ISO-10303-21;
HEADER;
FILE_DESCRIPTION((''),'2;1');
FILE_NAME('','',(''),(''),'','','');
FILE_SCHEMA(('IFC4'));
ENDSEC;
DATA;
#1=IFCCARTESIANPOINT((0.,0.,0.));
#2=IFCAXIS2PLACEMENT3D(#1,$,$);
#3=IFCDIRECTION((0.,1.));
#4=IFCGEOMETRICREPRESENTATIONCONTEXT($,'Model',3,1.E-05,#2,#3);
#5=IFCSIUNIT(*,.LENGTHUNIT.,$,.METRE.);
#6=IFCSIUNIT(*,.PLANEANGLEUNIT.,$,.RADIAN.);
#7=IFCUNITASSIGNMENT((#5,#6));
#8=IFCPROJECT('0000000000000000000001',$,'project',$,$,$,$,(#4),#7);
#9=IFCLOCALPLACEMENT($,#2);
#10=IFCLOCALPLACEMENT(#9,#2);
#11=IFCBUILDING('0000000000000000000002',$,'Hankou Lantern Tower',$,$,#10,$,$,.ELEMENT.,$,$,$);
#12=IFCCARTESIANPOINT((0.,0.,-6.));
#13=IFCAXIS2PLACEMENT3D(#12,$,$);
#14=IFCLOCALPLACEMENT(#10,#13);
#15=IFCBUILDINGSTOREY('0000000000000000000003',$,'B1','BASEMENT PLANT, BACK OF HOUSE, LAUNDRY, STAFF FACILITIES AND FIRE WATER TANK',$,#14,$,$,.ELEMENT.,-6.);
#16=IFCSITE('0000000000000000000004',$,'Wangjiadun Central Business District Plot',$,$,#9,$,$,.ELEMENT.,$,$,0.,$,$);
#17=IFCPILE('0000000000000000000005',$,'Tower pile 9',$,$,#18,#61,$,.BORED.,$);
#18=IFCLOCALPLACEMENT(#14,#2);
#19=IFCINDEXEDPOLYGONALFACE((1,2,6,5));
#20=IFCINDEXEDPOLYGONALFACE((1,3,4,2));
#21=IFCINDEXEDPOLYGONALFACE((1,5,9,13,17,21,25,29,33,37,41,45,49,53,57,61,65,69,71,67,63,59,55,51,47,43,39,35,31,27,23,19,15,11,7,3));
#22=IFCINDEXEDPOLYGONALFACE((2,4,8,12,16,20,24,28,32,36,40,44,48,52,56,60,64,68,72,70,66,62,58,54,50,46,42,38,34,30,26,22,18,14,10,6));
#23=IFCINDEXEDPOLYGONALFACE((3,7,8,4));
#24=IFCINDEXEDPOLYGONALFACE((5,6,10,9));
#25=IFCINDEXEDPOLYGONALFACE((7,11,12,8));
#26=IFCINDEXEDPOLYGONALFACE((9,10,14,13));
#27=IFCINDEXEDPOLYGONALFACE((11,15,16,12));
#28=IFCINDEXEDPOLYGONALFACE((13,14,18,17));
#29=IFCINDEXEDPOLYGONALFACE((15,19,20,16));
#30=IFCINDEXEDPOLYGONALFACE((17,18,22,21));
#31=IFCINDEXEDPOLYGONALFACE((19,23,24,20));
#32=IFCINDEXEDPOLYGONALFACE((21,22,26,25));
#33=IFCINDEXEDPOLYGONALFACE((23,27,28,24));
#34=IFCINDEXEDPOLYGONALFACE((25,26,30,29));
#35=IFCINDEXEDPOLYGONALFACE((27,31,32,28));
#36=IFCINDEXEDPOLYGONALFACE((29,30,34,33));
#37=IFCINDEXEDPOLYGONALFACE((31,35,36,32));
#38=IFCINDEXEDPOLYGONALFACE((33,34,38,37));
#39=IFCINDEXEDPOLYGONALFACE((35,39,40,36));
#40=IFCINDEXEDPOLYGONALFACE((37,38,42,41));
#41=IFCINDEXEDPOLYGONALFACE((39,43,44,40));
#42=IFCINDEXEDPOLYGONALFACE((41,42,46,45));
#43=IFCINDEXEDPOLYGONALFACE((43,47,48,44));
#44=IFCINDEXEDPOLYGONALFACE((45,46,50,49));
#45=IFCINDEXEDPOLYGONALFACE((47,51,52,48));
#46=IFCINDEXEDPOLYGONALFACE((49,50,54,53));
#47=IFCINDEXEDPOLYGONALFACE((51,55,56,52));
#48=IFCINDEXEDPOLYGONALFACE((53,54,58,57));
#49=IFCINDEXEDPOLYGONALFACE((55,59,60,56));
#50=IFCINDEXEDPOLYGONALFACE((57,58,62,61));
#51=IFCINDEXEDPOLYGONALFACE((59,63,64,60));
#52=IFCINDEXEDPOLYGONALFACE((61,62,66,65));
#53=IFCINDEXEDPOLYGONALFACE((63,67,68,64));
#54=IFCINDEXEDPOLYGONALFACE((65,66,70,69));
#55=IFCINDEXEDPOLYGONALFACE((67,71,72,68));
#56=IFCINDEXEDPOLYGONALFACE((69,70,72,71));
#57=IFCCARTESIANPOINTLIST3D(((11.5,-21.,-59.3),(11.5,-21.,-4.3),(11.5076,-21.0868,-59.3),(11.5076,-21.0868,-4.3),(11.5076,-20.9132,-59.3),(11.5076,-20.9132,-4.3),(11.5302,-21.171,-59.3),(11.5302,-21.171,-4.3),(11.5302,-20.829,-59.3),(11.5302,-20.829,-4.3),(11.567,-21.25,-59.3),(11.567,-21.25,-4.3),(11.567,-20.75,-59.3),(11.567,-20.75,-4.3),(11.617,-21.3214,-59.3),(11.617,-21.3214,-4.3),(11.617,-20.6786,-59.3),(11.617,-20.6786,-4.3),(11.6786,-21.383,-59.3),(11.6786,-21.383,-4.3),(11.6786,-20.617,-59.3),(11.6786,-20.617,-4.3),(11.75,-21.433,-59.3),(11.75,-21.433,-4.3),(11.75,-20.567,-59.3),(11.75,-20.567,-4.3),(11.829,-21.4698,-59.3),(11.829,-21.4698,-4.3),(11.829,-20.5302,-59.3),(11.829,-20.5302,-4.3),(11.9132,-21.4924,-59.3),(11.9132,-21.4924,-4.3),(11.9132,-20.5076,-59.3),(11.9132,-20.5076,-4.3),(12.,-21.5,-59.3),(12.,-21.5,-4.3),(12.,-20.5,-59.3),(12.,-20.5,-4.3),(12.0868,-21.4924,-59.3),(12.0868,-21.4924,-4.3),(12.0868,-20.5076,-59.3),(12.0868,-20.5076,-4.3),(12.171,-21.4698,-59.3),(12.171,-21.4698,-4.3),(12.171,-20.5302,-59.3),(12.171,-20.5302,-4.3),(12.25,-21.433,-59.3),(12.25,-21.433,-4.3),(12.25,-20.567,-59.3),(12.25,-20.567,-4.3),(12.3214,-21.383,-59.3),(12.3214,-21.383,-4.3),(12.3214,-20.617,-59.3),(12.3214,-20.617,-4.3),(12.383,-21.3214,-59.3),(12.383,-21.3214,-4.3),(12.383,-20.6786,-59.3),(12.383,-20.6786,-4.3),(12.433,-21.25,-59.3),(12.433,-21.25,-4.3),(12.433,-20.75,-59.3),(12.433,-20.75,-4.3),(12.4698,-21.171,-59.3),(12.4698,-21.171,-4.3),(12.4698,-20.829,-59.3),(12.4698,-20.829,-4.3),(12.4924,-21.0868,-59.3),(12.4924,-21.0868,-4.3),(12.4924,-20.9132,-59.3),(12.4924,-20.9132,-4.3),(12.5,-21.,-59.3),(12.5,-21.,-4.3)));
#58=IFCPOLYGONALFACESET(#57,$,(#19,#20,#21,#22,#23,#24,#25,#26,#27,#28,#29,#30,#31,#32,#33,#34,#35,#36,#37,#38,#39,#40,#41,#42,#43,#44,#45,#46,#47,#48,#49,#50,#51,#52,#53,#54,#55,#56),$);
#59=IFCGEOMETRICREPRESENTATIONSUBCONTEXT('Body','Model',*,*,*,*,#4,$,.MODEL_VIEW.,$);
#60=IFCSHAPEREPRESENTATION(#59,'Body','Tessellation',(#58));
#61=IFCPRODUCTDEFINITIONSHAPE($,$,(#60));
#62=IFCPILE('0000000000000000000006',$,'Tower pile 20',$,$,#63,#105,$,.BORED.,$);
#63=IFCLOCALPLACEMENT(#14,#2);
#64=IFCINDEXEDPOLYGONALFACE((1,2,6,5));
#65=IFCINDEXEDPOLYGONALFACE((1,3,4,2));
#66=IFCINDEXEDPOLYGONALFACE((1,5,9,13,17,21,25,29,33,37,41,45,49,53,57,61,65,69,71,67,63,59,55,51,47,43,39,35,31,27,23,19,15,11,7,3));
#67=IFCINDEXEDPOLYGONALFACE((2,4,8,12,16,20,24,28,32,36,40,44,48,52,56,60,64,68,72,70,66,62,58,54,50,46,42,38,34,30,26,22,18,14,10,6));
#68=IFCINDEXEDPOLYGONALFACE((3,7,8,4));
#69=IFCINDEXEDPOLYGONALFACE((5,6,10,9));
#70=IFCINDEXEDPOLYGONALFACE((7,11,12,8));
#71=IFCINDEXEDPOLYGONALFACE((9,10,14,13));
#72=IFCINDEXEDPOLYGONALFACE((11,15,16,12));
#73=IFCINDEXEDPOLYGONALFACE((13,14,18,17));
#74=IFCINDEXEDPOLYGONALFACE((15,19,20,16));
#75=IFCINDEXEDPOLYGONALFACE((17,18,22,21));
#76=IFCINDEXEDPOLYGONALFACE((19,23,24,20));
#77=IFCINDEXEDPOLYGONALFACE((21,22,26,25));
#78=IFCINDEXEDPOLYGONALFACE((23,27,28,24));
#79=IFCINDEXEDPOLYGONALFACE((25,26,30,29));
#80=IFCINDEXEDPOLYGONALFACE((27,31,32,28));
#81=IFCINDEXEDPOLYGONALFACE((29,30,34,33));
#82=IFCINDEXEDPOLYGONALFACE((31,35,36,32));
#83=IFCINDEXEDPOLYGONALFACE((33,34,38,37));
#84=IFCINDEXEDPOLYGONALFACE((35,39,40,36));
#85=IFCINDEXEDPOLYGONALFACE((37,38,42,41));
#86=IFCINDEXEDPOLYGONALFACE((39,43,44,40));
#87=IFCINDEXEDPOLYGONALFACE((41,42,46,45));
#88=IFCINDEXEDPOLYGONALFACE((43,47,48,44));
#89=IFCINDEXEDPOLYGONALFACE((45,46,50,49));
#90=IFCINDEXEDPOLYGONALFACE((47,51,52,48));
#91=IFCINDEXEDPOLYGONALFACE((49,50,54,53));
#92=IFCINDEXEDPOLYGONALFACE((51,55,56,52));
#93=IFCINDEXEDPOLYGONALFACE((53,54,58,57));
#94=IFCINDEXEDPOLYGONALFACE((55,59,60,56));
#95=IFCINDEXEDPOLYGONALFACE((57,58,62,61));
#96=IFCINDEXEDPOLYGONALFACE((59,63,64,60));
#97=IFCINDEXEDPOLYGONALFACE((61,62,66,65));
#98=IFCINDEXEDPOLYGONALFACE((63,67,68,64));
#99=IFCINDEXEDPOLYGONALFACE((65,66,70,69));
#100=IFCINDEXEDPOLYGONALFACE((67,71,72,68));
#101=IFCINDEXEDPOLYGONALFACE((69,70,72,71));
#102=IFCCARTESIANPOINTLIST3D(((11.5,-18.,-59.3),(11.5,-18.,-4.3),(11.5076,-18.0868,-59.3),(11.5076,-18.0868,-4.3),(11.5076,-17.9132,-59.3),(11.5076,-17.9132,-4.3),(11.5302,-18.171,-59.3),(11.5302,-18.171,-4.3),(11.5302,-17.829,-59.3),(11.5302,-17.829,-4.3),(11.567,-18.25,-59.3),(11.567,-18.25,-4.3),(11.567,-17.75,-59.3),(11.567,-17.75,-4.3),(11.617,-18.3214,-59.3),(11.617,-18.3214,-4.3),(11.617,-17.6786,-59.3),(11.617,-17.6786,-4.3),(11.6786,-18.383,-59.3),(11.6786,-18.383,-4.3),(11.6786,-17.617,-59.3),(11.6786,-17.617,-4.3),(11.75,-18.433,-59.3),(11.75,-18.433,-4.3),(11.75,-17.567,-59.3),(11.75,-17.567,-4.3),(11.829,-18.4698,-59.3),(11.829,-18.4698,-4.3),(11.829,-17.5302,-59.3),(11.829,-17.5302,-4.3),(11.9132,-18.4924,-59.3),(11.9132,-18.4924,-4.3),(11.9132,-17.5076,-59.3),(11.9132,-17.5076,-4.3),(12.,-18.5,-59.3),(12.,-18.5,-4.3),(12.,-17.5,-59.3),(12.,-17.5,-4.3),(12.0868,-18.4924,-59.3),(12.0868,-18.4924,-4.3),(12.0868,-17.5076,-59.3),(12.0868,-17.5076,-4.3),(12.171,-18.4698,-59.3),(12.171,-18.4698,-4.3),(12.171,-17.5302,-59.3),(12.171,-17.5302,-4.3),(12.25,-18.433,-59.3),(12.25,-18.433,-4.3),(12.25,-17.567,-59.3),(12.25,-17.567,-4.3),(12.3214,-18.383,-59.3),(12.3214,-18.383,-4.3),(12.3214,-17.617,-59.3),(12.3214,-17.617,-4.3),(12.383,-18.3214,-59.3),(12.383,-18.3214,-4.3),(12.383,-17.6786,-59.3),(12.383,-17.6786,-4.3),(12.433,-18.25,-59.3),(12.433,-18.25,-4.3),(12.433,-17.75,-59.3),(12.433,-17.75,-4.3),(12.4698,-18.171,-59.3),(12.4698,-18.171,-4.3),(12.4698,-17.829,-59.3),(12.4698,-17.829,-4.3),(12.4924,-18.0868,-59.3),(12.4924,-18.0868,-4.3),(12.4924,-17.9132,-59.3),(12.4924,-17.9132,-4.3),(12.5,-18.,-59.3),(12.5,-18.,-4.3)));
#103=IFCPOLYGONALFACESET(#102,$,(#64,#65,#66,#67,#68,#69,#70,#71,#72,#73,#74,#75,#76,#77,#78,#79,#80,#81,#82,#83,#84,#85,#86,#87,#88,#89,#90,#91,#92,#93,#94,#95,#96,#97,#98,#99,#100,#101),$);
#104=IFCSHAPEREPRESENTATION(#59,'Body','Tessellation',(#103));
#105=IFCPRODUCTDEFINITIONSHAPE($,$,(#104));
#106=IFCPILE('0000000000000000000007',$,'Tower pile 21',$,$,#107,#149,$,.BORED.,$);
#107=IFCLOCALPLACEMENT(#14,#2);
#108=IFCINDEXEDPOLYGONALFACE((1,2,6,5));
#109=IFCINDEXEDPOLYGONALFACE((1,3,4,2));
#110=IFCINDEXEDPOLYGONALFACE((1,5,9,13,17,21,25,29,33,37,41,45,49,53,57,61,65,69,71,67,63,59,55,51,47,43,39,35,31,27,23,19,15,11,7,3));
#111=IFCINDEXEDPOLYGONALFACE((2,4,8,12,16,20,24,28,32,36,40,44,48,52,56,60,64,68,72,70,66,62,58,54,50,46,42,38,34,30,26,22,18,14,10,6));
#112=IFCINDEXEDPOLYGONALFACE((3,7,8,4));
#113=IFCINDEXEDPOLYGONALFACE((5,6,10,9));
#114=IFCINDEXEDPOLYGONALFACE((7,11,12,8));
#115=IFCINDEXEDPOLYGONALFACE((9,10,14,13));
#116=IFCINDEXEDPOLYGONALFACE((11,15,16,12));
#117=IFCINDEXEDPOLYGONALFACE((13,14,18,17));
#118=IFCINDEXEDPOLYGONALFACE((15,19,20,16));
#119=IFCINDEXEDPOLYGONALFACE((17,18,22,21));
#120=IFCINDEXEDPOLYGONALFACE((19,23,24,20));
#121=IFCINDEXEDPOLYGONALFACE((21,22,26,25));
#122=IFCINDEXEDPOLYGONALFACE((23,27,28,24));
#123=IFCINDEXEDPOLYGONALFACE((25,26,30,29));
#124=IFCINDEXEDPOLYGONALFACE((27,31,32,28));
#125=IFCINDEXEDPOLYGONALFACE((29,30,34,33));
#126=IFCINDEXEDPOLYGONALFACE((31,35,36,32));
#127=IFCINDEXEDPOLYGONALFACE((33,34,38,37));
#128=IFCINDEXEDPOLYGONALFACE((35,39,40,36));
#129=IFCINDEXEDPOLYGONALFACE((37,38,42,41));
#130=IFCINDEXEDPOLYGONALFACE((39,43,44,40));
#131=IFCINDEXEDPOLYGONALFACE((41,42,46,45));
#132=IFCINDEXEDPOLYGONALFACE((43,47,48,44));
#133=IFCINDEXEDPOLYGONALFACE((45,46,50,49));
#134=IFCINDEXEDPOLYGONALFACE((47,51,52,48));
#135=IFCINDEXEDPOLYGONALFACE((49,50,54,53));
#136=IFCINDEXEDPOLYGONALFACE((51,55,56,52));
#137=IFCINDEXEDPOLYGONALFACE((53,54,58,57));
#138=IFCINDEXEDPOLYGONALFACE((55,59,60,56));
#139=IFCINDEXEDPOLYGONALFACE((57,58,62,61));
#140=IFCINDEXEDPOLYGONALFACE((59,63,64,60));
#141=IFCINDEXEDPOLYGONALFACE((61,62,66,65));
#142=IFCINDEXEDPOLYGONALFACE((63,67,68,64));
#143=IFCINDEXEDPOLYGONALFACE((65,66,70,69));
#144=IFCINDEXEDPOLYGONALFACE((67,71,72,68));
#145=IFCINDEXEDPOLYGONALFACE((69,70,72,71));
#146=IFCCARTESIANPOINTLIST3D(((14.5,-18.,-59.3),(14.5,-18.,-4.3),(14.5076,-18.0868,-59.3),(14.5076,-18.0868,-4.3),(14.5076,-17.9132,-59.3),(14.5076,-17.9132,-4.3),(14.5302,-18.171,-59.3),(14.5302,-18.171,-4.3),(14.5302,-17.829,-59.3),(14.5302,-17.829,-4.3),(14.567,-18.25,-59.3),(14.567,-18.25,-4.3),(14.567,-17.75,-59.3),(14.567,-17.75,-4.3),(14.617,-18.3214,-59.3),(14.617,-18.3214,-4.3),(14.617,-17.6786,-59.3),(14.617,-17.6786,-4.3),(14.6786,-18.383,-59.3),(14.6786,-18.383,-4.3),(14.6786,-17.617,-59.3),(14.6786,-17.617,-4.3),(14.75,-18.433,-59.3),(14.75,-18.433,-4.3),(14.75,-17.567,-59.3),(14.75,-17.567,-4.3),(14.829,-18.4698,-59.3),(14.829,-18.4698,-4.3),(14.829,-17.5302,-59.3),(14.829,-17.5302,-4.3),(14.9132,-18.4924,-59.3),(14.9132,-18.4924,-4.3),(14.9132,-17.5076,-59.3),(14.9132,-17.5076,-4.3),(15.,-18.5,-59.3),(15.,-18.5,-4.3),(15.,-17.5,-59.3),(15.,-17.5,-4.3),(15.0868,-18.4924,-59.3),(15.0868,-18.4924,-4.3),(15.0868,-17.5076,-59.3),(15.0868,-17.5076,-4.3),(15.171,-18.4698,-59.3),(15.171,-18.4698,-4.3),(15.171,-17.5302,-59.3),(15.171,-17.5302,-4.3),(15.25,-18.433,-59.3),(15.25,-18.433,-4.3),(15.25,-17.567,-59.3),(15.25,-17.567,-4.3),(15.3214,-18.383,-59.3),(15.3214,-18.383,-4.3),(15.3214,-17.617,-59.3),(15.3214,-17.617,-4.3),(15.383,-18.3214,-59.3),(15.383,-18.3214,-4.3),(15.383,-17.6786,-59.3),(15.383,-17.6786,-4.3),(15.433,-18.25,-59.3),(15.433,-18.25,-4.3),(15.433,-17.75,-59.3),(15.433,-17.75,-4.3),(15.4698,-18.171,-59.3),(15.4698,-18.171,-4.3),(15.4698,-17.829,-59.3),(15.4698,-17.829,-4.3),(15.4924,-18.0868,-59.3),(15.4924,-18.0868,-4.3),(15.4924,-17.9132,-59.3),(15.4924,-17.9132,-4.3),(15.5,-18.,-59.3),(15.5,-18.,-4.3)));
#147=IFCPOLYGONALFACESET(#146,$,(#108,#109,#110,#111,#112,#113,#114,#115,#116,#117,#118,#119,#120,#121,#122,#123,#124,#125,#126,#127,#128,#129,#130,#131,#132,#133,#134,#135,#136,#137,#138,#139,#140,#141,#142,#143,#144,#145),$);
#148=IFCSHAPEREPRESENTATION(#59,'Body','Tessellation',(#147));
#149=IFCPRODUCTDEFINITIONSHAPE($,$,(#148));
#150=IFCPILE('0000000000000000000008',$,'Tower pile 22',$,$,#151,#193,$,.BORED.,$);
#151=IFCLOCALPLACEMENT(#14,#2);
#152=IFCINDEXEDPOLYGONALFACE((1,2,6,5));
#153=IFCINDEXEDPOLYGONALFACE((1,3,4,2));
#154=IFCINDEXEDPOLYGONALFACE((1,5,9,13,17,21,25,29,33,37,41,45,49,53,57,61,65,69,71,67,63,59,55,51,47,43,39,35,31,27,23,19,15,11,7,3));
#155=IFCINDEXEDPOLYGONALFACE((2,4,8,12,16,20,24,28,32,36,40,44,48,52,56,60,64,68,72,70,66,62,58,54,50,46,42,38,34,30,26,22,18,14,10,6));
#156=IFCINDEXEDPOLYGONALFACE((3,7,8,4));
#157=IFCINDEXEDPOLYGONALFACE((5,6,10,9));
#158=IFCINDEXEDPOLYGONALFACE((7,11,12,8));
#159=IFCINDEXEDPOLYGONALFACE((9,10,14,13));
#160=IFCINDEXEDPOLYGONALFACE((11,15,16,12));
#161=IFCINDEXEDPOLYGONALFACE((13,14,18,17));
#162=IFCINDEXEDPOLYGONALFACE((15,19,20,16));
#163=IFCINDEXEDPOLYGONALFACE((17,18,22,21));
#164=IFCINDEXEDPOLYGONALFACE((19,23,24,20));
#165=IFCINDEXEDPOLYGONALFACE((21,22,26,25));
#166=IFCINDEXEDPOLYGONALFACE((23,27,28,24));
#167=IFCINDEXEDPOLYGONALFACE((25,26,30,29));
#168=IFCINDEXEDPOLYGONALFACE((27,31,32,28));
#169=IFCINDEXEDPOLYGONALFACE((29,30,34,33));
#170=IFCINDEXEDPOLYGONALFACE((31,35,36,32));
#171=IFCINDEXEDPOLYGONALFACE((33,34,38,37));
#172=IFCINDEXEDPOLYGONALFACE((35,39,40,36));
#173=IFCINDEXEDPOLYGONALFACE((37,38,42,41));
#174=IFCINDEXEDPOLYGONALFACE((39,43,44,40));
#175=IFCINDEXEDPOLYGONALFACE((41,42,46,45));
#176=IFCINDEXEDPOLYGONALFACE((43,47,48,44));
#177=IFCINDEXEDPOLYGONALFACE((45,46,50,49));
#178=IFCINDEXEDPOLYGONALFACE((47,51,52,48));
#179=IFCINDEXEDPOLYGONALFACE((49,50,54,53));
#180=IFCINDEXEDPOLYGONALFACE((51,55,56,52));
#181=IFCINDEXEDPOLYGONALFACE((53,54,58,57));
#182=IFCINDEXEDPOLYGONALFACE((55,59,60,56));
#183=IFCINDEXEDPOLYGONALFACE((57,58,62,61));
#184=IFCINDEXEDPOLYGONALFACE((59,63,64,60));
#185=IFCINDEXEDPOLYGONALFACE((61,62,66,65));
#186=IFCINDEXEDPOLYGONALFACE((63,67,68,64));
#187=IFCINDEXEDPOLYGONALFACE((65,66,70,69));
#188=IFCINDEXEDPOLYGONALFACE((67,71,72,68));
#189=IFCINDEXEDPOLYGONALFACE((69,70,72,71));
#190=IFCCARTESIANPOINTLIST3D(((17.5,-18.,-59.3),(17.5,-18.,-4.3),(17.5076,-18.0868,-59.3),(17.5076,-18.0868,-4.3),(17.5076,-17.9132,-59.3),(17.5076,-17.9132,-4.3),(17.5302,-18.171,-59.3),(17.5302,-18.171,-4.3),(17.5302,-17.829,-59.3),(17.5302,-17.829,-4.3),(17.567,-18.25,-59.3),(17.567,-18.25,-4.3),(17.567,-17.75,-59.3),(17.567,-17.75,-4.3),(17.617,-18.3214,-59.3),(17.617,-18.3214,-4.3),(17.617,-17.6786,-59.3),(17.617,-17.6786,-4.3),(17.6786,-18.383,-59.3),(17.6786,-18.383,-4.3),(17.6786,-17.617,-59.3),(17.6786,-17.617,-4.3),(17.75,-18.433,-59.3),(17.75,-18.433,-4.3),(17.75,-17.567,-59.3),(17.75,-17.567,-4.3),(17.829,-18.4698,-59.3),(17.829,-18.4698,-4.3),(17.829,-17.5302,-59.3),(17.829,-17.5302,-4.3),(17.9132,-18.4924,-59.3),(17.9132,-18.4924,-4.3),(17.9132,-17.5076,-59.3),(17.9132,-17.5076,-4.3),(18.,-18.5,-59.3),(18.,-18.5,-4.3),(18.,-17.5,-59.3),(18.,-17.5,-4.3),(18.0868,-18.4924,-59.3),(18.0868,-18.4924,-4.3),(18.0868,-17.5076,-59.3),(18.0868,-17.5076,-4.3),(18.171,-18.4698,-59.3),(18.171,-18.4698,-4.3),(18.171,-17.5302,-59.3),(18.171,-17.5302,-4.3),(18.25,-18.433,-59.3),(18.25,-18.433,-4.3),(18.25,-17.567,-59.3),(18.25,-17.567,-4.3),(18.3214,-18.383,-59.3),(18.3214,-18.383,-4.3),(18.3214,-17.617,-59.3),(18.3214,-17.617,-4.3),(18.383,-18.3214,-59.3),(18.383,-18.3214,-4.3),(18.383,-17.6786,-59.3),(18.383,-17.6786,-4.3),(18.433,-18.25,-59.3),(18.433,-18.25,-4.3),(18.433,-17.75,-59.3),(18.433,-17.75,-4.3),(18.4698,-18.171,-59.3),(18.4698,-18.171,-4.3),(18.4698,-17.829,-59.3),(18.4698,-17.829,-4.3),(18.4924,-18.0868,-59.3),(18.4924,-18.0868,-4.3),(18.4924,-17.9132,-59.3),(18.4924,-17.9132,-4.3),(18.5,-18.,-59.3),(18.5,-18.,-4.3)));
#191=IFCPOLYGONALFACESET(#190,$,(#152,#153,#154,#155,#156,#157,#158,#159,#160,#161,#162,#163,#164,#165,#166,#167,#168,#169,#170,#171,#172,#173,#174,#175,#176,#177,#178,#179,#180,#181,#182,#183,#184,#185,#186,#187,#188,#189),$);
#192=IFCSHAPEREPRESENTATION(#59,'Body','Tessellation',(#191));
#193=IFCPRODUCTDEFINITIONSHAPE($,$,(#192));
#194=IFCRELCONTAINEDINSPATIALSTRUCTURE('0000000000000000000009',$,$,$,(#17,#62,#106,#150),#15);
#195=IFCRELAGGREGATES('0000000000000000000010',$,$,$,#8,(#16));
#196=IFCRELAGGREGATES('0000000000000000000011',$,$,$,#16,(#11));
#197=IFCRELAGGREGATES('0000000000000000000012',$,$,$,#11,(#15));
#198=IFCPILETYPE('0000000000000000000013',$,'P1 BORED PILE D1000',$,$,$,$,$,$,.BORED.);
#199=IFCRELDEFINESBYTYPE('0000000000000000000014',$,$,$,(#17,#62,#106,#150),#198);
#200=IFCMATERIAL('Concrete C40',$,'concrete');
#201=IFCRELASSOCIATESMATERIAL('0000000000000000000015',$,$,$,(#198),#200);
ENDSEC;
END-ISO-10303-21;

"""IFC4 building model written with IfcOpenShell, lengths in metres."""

from ifc_helpers import new_model, si_unit, direction, frame, origin, origin_2d, place, context, subcontext, project, spatial, circle, extrude, material, material_profile, profile_set, type_object, element, save


model = new_model("IFC4")

# Units and contexts
model_context = context("Model", 3, precision=1e-05, world=origin(), true_north=direction((0.0, 1.0)))
body_context = subcontext(model_context, "Body", "Model", "MODEL_VIEW")
ifc_project = project(units=[si_unit("LENGTHUNIT", "METRE"), si_unit("PLANEANGLEUNIT", "RADIAN")], contexts=[model_context])

# Site, building, storey
site_placement = place(None, origin())
site = spatial("IfcSite", under=ifc_project, at=site_placement, Name="Wangjiadun Central Business District Plot", CompositionType="ELEMENT", RefElevation=0.0)
building_placement = place(site_placement, origin())
building = spatial("IfcBuilding", under=site, at=building_placement, Name="Hankou Lantern Tower", CompositionType="ELEMENT")
storey_placement = place(building_placement, frame((0.0, 0.0, -6.0)))
storey = spatial("IfcBuildingStorey", under=building, at=storey_placement, Name="B1", Description="BASEMENT PLANT, BACK OF HOUSE, LAUNDRY, STAFF FACILITIES AND FIRE WATER TANK", CompositionType="ELEMENT", Elevation=-6.0)

# Piles
ifc_material_1 = material(Name="Concrete C40", Category="concrete")
ifc_material_profile_1 = material_profile(ifc_material_1, circle(Radius=0.5, at=origin_2d()), Name="RC D1000")
ifc_profile_set_1 = profile_set([ifc_material_profile_1], Name="Concrete C40")
pile_type_1 = type_object("IfcPileType", Name="P1 BORED PILE D1000", PredefinedType="BORED", material=ifc_profile_set_1)
for number, where, z_axis, x_axis, name in (
    (1, (12.0, -21.0, -4.3), (0.0, 0.0, -1.0), (1.0, 0.0, 0.0), "Tower pile 9"),
    (2, (12.0, -18.0, -4.3), (0.0, 0.0, -1.0), (1.0, 0.0, 0.0), "Tower pile 20"),
    (3, (15.0, -18.0, -4.3), (0.0, 0.0, -1.0), (1.0, 0.0, 0.0), "Tower pile 21"),
    (4, (18.0, -18.0, -4.3), (0.0, 0.0, -1.0), (1.0, 0.0, 0.0), "Tower pile 22"),
):
    element("IfcPile", number, at=place(storey_placement, frame(where, z_axis=z_axis, x_axis=x_axis)), inside=storey, type_object=pile_type_1, Name=name, PredefinedType="BORED", context=body_context, shape_type="SweptSolid", body=[
        extrude(circle(Radius=0.5, at=origin_2d()), origin(), (0.0, 0.0, 1.0), 55.0),
    ])

save(model, "model.ifc")
